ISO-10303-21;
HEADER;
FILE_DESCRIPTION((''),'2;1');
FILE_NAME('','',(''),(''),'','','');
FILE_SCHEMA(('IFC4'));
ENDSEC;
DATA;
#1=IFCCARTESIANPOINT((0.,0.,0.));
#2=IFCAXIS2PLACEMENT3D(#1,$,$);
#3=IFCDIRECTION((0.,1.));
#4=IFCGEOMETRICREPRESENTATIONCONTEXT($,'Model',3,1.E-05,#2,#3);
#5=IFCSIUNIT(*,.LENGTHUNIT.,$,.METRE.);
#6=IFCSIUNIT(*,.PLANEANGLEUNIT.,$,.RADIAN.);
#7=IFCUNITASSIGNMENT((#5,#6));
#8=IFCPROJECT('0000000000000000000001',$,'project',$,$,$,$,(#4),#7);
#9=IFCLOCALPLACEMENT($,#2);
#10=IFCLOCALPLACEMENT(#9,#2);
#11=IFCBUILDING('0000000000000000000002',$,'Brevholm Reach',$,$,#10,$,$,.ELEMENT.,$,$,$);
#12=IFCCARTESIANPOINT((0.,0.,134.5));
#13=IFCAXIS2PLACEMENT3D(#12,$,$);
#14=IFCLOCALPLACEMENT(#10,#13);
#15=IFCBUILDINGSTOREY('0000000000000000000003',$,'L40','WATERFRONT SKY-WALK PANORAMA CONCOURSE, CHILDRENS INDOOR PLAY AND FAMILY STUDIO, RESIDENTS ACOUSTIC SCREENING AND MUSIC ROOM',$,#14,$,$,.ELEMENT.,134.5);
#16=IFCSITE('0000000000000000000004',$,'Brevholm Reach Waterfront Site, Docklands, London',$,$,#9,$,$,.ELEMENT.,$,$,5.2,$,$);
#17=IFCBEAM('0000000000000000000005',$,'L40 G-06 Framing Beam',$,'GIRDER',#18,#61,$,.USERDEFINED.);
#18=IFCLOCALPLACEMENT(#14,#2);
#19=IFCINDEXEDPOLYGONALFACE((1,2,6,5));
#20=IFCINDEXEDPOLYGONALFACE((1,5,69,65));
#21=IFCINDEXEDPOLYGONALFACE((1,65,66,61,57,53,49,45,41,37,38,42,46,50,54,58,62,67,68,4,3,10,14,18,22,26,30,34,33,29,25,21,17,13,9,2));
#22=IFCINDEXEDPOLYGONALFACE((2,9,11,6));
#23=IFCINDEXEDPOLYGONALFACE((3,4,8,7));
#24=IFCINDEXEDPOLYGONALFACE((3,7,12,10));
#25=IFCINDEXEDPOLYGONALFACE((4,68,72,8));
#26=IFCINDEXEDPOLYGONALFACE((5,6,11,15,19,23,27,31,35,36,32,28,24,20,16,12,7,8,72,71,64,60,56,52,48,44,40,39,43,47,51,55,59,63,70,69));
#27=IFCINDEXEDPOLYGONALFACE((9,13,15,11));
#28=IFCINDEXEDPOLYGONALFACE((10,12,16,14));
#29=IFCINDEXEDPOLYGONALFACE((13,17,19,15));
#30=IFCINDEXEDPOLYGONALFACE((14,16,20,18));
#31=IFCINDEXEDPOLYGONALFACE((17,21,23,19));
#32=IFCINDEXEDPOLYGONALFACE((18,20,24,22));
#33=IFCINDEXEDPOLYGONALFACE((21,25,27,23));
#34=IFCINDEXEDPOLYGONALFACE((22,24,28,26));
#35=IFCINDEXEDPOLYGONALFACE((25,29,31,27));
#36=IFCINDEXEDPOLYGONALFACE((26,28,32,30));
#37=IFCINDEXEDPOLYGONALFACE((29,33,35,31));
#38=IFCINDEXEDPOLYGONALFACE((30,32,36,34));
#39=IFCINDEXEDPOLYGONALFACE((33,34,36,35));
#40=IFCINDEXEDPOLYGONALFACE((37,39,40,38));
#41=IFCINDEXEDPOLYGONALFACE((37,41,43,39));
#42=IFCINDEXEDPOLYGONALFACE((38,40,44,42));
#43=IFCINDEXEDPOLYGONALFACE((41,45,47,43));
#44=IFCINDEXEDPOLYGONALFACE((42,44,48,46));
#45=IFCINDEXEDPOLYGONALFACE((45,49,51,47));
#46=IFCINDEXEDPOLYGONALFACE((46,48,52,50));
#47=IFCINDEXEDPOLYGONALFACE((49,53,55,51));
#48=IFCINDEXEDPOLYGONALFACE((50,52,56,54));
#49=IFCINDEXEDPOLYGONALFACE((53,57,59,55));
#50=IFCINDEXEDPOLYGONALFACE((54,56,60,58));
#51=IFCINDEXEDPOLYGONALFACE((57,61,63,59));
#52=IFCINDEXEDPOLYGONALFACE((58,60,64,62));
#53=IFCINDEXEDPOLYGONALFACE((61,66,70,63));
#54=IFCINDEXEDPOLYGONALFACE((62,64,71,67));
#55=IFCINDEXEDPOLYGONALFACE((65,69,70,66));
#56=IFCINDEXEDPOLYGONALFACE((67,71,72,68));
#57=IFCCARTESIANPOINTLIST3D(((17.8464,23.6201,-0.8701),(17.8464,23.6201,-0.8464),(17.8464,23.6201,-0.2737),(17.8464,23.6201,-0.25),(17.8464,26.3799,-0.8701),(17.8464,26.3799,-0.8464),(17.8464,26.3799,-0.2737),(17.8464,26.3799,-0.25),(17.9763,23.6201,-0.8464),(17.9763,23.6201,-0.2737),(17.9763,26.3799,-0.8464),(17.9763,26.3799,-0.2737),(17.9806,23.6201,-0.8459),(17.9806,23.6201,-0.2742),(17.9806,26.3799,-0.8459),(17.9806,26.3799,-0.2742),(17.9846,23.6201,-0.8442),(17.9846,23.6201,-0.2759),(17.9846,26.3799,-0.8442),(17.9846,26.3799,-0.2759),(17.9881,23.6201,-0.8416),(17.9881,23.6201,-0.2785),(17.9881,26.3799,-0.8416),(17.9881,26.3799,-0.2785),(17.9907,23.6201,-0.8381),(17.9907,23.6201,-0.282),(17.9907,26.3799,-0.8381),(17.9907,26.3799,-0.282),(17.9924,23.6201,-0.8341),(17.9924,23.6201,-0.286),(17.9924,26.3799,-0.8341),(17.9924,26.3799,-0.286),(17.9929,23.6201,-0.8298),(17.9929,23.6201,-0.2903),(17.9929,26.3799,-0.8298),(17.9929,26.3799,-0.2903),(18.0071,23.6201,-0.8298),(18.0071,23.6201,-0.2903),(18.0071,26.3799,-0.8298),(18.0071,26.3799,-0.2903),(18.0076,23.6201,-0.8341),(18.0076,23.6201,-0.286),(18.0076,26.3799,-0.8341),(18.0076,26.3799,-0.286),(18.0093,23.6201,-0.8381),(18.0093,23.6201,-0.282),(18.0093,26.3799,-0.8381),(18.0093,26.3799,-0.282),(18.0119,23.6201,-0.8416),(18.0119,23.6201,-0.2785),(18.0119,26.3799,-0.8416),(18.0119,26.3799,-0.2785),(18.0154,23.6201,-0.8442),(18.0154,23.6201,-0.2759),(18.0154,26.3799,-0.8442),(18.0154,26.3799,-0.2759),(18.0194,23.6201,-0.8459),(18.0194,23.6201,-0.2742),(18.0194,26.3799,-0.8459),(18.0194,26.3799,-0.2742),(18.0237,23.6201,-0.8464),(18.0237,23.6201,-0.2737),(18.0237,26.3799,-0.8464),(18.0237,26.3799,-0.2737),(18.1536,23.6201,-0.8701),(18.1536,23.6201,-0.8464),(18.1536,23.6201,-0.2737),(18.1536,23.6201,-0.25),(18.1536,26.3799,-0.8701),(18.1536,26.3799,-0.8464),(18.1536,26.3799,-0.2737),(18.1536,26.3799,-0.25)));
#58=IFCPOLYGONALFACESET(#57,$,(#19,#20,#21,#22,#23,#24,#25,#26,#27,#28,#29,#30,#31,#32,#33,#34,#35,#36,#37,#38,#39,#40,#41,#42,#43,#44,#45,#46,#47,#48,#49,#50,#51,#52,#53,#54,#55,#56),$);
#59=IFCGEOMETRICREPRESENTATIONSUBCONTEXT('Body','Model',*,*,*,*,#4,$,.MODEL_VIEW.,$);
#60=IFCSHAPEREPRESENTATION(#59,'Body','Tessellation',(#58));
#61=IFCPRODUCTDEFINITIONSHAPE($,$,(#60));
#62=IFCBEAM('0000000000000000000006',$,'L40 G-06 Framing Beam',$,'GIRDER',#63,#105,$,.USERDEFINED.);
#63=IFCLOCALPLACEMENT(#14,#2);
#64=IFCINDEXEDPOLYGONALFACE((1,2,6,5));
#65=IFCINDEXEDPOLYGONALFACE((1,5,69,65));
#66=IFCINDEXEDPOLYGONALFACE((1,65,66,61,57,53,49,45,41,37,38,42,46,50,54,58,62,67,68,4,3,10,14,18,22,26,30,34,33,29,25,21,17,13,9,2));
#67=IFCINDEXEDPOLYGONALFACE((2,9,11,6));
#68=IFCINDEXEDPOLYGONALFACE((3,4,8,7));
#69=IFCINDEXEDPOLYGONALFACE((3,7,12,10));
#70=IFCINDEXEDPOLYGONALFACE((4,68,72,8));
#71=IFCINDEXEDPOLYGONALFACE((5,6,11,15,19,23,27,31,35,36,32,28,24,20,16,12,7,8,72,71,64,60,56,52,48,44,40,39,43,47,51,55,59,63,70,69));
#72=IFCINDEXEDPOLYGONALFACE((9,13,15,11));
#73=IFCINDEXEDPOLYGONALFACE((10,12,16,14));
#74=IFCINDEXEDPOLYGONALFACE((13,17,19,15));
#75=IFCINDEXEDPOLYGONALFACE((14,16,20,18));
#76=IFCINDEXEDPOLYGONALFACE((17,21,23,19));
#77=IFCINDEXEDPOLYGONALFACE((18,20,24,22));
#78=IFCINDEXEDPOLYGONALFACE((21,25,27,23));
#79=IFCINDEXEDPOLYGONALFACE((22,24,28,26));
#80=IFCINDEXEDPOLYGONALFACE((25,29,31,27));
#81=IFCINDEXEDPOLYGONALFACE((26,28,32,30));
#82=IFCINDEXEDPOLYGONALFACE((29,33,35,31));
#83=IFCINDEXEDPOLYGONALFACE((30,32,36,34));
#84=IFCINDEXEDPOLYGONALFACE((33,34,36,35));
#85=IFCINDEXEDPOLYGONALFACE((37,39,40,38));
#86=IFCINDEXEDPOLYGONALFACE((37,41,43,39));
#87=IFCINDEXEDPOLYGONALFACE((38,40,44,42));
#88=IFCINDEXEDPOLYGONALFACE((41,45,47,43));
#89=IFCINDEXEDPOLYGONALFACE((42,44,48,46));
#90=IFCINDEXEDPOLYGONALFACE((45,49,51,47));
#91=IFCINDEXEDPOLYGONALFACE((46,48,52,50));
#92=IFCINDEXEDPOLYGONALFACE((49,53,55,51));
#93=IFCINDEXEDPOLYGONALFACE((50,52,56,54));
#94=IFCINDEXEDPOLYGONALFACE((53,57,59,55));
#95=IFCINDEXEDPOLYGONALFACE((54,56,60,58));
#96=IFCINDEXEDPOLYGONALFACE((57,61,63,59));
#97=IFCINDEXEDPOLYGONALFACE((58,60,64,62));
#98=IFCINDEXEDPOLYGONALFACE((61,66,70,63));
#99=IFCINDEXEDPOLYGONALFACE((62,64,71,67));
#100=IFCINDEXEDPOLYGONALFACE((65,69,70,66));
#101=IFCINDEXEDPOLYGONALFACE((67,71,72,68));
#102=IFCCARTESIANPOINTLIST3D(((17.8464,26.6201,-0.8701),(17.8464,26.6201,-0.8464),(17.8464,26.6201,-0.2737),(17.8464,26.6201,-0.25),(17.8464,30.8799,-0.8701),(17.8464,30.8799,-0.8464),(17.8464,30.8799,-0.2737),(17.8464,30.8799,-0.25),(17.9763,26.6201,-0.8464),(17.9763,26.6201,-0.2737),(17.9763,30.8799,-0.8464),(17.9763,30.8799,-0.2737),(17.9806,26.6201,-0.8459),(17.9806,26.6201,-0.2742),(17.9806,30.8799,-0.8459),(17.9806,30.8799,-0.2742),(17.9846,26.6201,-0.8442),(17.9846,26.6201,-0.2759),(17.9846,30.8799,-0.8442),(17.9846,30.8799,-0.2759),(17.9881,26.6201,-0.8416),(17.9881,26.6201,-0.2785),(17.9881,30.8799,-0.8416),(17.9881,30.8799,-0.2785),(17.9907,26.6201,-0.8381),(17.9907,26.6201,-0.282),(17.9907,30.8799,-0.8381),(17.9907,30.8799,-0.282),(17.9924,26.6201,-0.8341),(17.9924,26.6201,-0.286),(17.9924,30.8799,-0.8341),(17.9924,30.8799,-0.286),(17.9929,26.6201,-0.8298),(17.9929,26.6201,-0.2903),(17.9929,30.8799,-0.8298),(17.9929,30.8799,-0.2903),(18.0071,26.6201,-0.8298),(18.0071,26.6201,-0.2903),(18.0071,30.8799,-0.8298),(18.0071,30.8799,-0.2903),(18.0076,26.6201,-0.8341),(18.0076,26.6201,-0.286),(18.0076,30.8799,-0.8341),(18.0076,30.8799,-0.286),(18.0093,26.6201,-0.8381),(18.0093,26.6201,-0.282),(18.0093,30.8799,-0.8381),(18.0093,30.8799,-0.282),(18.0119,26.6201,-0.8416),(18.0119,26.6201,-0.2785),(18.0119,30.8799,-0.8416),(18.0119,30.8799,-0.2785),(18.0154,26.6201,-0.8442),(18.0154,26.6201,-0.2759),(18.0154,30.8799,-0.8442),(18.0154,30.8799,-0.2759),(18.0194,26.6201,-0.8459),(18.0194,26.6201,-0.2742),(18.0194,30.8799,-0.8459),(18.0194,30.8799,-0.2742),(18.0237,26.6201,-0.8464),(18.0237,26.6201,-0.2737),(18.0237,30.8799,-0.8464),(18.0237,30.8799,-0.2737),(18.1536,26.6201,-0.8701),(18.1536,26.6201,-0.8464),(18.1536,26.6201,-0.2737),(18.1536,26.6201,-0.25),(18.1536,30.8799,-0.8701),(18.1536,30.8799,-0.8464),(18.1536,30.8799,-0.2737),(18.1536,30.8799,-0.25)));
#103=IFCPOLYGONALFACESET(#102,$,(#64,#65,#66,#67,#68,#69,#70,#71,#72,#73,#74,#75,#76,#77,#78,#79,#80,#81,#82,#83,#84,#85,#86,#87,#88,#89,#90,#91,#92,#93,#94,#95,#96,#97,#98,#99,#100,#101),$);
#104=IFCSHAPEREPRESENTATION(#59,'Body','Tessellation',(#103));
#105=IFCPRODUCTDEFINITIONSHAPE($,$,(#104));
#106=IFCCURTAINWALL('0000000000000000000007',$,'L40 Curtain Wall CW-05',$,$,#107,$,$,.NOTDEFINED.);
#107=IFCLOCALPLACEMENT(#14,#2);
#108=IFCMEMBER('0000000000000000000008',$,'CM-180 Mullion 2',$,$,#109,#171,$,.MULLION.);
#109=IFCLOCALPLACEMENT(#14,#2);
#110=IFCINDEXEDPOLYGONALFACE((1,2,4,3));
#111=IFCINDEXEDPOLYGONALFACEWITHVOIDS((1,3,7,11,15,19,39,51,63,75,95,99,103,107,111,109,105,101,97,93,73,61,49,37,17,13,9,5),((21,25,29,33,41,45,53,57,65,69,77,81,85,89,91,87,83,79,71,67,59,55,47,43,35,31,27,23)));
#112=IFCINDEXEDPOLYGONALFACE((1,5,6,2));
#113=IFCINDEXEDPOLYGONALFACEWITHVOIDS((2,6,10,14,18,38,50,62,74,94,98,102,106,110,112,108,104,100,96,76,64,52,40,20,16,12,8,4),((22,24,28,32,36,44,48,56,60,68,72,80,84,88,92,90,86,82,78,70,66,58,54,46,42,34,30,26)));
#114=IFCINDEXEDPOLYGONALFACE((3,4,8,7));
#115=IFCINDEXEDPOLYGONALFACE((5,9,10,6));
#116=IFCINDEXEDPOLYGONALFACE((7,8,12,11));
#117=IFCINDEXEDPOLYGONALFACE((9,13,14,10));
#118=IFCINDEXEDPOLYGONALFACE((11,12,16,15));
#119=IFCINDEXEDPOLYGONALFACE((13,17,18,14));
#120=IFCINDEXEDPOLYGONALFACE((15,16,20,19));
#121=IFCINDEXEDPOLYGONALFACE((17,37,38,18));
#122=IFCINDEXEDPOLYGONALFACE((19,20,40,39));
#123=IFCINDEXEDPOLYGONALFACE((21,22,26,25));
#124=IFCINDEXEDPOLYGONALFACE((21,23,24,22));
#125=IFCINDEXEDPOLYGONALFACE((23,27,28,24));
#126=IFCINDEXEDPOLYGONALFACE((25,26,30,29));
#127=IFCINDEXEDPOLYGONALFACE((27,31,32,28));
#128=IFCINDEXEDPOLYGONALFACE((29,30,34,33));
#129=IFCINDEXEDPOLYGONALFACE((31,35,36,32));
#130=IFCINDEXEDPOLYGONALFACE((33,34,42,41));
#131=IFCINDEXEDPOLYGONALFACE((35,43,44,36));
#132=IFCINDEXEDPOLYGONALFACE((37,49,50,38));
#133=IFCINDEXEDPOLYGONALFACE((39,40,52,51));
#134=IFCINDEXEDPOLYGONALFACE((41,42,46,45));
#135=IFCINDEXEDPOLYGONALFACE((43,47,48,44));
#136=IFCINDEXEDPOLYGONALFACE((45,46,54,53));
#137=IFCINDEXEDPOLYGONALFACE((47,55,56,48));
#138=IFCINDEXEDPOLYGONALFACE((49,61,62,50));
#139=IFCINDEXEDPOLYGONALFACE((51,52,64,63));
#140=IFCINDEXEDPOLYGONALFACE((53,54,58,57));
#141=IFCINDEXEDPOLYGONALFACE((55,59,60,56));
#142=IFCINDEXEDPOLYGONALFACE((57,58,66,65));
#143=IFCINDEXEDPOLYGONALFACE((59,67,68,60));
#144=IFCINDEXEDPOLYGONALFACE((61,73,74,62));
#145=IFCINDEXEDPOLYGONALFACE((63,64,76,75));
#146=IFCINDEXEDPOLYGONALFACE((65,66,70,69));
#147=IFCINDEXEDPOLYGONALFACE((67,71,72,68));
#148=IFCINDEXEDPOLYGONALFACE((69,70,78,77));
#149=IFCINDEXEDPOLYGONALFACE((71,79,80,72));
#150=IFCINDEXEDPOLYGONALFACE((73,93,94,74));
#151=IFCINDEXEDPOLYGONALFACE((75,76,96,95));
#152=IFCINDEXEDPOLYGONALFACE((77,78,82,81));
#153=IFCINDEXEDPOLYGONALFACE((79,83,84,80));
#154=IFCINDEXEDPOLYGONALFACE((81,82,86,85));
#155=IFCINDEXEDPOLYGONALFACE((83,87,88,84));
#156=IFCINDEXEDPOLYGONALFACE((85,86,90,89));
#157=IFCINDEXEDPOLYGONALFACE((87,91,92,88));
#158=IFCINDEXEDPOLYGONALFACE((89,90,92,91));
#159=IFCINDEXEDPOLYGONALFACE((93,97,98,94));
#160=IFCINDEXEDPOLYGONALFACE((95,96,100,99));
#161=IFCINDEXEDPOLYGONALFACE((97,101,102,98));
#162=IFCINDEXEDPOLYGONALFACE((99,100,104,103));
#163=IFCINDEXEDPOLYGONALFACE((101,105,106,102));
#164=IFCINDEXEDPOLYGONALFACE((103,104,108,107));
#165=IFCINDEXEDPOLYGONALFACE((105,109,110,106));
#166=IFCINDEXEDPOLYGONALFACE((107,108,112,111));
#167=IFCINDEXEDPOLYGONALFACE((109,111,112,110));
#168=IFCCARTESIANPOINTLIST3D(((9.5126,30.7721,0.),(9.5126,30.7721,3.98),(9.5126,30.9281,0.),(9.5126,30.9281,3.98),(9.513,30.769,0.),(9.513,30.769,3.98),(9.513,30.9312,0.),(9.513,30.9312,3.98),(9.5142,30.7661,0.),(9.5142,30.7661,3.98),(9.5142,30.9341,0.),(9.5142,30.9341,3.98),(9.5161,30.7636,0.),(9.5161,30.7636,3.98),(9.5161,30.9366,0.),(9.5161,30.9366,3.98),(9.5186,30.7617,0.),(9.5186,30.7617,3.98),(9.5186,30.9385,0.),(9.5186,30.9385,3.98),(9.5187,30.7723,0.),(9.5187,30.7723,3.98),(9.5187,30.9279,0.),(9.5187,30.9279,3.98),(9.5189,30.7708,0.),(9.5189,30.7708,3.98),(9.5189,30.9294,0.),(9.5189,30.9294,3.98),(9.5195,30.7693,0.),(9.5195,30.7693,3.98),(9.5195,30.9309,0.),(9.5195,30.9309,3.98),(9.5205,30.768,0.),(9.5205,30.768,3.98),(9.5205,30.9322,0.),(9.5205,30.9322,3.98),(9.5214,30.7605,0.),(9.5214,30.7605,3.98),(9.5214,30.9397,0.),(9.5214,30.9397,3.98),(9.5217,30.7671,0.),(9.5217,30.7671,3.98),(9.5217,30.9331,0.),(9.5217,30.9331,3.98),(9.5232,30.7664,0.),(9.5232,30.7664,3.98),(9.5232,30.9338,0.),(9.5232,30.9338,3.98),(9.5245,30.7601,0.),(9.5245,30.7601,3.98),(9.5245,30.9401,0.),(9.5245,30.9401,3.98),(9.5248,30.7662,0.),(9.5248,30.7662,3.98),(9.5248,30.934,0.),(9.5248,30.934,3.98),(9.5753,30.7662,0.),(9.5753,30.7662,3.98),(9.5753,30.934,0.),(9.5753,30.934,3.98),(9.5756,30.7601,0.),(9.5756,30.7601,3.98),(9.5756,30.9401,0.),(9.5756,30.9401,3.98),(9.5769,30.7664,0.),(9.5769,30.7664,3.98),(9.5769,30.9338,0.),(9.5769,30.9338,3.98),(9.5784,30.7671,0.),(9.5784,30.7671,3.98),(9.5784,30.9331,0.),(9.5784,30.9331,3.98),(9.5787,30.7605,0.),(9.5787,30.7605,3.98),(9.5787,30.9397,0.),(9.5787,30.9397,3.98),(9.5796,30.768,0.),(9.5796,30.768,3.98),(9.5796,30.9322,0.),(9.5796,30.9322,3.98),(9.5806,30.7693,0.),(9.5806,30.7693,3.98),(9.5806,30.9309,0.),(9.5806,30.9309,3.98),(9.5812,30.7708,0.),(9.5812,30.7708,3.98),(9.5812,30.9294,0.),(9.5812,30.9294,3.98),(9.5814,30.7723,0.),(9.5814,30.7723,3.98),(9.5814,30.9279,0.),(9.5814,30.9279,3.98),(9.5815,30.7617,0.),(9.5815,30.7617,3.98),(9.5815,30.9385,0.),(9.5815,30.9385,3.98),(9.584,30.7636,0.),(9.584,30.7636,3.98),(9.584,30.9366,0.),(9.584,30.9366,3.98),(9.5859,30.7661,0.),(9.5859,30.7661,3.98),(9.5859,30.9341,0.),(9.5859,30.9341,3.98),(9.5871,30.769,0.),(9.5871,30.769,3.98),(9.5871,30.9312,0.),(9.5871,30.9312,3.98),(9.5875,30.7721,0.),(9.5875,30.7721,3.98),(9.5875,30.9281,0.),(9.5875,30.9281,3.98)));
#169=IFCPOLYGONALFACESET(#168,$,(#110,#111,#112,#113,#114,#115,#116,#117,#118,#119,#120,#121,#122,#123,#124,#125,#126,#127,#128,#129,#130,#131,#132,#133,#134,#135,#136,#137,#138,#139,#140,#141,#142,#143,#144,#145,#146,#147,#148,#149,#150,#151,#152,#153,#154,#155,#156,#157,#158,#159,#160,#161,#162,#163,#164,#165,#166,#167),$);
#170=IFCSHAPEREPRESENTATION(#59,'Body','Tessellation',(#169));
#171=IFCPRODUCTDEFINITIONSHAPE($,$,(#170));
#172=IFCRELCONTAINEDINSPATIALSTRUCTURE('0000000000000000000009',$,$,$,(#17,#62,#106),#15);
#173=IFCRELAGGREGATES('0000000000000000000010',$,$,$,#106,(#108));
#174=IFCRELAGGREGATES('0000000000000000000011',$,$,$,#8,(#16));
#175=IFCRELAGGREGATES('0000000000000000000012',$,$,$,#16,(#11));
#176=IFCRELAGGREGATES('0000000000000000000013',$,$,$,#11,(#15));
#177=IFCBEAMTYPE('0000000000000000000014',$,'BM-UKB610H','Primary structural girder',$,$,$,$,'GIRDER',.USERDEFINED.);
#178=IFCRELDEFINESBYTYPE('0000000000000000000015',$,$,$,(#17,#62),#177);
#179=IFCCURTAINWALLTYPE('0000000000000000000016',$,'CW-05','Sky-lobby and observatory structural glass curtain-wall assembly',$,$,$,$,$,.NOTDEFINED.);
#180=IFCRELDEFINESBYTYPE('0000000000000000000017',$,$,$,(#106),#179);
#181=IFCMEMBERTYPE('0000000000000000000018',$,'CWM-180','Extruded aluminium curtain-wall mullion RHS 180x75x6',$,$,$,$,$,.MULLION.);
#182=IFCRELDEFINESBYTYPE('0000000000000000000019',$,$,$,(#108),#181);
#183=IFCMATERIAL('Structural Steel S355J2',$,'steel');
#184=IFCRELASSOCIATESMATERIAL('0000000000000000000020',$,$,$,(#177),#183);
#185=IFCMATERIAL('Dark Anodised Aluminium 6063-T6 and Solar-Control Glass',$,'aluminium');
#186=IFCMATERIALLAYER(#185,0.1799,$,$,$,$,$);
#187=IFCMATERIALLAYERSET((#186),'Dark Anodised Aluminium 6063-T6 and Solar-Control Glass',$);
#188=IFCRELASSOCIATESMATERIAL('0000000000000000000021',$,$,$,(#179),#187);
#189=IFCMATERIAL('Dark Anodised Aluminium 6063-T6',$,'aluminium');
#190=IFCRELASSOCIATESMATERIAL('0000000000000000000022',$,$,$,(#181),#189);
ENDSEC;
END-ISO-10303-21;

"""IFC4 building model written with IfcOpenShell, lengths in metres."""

from ifc_helpers import new_model, si_unit, direction, frame, origin, origin_2d, place, context, subcontext, project, spatial, hollow_rectangle, i_section, extrude, material, layer, layer_set, material_profile, profile_set, type_object, element, aggregate, save


model = new_model("IFC4")

# Units and contexts
model_context = context("Model", 3, precision=1e-05, world=origin(), true_north=direction((0.0, 1.0)))
body_context = subcontext(model_context, "Body", "Model", "MODEL_VIEW")
ifc_project = project(units=[si_unit("LENGTHUNIT", "METRE"), si_unit("PLANEANGLEUNIT", "RADIAN")], contexts=[model_context])

# Site, building, storey
site_placement = place(None, origin())
site = spatial("IfcSite", under=ifc_project, at=site_placement, Name="Brevholm Reach Waterfront Site, Docklands, London", CompositionType="ELEMENT", RefElevation=5.2)
building_placement = place(site_placement, origin())
building = spatial("IfcBuilding", under=site, at=building_placement, Name="Brevholm Reach", CompositionType="ELEMENT")
storey_placement = place(building_placement, frame((0.0, 0.0, 134.5)))
storey = spatial("IfcBuildingStorey", under=building, at=storey_placement, Name="L40", Description="WATERFRONT SKY-WALK PANORAMA CONCOURSE, CHILDRENS INDOOR PLAY AND FAMILY STUDIO, RESIDENTS ACOUSTIC SCREENING AND MUSIC ROOM", CompositionType="ELEMENT", Elevation=134.5)

# Beams
ifc_material_1 = material(Name="Structural Steel S355J2", Category="steel")
ifc_material_profile_1 = material_profile(ifc_material_1, i_section(OverallWidth=0.3071, OverallDepth=0.6201, WebThickness=0.0142, FlangeThickness=0.0237, FilletRadius=0.0166, at=origin_2d()), Name="UKB 610x305x179")
ifc_profile_set_1 = profile_set([ifc_material_profile_1], Name="Structural Steel S355J2")
beam_type_1 = type_object("IfcBeamType", Name="BM-UKB610H", Description="Primary structural girder", ElementType="GIRDER", PredefinedType="USERDEFINED", material=ifc_profile_set_1)
beam_1_placement = place(storey_placement, frame((18.0, 23.6201, -0.5601), z_axis=(0.0, 1.0, 0.0), x_axis=(-1.0, 0.0, 0.0)))
element("IfcBeam", 1, at=beam_1_placement, inside=storey, type_object=beam_type_1, Name="L40 G-06 Framing Beam", ObjectType="GIRDER", PredefinedType="USERDEFINED", context=body_context, shape_type="SweptSolid", body=[
    extrude(i_section(OverallWidth=0.3071, OverallDepth=0.6201, WebThickness=0.0142, FlangeThickness=0.0237, FilletRadius=0.0166, at=origin_2d()), origin(), (0.0, 0.0, 1.0), 2.7598),
])
beam_2_placement = place(storey_placement, frame((18.0, 26.6201, -0.5601), z_axis=(0.0, 1.0, 0.0), x_axis=(-1.0, 0.0, 0.0)))
element("IfcBeam", 2, at=beam_2_placement, inside=storey, type_object=beam_type_1, Name="L40 G-06 Framing Beam", ObjectType="GIRDER", PredefinedType="USERDEFINED", context=body_context, shape_type="SweptSolid", body=[
    extrude(i_section(OverallWidth=0.3071, OverallDepth=0.6201, WebThickness=0.0142, FlangeThickness=0.0237, FilletRadius=0.0166, at=origin_2d()), origin(), (0.0, 0.0, 1.0), 4.2598),
])

# Curtain wall, member
ifc_material_2 = material(Name="Dark Anodised Aluminium 6063-T6 and Solar-Control Glass", Category="aluminium")
ifc_layer_1 = layer(ifc_material_2, 0.1799)
ifc_layer_set_1 = layer_set([ifc_layer_1], Name="Dark Anodised Aluminium 6063-T6 and Solar-Control Glass")
curtain_wall_type = type_object("IfcCurtainWallType", Name="CW-05", Description="Sky-lobby and observatory structural glass curtain-wall assembly", PredefinedType="NOTDEFINED", material=ifc_layer_set_1)
curtain_wall_placement = place(storey_placement, origin())
curtain_wall = element("IfcCurtainWall", 3, at=curtain_wall_placement, inside=storey, type_object=curtain_wall_type, Name="L40 Curtain Wall CW-05", PredefinedType="NOTDEFINED")
ifc_material_3 = material(Name="Dark Anodised Aluminium 6063-T6", Category="aluminium")
ifc_material_profile_2 = material_profile(ifc_material_3, hollow_rectangle(XDim=0.075, YDim=0.1799, WallThickness=0.0061, InnerFilletRadius=0.0061, OuterFilletRadius=0.012, at=origin_2d()), Name="RHS 180x75x6")
ifc_profile_set_2 = profile_set([ifc_material_profile_2], Name="Dark Anodised Aluminium 6063-T6")
member_type_1 = type_object("IfcMemberType", Name="CWM-180", Description="Extruded aluminium curtain-wall mullion RHS 180x75x6", PredefinedType="MULLION", material=ifc_profile_set_2)
member_1_placement = place(storey_placement, frame((9.55, 30.8501, 0.0), z_axis=(0.0, 0.0, 1.0), x_axis=(1.0, 0.0, 0.0)))
member_1 = element("IfcMember", 4, at=member_1_placement, type_object=member_type_1, Name="CM-180 Mullion 2", PredefinedType="MULLION", context=body_context, shape_type="SweptSolid", body=[
    extrude(hollow_rectangle(XDim=0.075, YDim=0.1799, WallThickness=0.0061, InnerFilletRadius=0.0061, OuterFilletRadius=0.012, at=origin_2d()), origin(), (0.0, 0.0, 1.0), 3.98),
])
aggregate(curtain_wall, [member_1])

save(model, "model.ifc")
